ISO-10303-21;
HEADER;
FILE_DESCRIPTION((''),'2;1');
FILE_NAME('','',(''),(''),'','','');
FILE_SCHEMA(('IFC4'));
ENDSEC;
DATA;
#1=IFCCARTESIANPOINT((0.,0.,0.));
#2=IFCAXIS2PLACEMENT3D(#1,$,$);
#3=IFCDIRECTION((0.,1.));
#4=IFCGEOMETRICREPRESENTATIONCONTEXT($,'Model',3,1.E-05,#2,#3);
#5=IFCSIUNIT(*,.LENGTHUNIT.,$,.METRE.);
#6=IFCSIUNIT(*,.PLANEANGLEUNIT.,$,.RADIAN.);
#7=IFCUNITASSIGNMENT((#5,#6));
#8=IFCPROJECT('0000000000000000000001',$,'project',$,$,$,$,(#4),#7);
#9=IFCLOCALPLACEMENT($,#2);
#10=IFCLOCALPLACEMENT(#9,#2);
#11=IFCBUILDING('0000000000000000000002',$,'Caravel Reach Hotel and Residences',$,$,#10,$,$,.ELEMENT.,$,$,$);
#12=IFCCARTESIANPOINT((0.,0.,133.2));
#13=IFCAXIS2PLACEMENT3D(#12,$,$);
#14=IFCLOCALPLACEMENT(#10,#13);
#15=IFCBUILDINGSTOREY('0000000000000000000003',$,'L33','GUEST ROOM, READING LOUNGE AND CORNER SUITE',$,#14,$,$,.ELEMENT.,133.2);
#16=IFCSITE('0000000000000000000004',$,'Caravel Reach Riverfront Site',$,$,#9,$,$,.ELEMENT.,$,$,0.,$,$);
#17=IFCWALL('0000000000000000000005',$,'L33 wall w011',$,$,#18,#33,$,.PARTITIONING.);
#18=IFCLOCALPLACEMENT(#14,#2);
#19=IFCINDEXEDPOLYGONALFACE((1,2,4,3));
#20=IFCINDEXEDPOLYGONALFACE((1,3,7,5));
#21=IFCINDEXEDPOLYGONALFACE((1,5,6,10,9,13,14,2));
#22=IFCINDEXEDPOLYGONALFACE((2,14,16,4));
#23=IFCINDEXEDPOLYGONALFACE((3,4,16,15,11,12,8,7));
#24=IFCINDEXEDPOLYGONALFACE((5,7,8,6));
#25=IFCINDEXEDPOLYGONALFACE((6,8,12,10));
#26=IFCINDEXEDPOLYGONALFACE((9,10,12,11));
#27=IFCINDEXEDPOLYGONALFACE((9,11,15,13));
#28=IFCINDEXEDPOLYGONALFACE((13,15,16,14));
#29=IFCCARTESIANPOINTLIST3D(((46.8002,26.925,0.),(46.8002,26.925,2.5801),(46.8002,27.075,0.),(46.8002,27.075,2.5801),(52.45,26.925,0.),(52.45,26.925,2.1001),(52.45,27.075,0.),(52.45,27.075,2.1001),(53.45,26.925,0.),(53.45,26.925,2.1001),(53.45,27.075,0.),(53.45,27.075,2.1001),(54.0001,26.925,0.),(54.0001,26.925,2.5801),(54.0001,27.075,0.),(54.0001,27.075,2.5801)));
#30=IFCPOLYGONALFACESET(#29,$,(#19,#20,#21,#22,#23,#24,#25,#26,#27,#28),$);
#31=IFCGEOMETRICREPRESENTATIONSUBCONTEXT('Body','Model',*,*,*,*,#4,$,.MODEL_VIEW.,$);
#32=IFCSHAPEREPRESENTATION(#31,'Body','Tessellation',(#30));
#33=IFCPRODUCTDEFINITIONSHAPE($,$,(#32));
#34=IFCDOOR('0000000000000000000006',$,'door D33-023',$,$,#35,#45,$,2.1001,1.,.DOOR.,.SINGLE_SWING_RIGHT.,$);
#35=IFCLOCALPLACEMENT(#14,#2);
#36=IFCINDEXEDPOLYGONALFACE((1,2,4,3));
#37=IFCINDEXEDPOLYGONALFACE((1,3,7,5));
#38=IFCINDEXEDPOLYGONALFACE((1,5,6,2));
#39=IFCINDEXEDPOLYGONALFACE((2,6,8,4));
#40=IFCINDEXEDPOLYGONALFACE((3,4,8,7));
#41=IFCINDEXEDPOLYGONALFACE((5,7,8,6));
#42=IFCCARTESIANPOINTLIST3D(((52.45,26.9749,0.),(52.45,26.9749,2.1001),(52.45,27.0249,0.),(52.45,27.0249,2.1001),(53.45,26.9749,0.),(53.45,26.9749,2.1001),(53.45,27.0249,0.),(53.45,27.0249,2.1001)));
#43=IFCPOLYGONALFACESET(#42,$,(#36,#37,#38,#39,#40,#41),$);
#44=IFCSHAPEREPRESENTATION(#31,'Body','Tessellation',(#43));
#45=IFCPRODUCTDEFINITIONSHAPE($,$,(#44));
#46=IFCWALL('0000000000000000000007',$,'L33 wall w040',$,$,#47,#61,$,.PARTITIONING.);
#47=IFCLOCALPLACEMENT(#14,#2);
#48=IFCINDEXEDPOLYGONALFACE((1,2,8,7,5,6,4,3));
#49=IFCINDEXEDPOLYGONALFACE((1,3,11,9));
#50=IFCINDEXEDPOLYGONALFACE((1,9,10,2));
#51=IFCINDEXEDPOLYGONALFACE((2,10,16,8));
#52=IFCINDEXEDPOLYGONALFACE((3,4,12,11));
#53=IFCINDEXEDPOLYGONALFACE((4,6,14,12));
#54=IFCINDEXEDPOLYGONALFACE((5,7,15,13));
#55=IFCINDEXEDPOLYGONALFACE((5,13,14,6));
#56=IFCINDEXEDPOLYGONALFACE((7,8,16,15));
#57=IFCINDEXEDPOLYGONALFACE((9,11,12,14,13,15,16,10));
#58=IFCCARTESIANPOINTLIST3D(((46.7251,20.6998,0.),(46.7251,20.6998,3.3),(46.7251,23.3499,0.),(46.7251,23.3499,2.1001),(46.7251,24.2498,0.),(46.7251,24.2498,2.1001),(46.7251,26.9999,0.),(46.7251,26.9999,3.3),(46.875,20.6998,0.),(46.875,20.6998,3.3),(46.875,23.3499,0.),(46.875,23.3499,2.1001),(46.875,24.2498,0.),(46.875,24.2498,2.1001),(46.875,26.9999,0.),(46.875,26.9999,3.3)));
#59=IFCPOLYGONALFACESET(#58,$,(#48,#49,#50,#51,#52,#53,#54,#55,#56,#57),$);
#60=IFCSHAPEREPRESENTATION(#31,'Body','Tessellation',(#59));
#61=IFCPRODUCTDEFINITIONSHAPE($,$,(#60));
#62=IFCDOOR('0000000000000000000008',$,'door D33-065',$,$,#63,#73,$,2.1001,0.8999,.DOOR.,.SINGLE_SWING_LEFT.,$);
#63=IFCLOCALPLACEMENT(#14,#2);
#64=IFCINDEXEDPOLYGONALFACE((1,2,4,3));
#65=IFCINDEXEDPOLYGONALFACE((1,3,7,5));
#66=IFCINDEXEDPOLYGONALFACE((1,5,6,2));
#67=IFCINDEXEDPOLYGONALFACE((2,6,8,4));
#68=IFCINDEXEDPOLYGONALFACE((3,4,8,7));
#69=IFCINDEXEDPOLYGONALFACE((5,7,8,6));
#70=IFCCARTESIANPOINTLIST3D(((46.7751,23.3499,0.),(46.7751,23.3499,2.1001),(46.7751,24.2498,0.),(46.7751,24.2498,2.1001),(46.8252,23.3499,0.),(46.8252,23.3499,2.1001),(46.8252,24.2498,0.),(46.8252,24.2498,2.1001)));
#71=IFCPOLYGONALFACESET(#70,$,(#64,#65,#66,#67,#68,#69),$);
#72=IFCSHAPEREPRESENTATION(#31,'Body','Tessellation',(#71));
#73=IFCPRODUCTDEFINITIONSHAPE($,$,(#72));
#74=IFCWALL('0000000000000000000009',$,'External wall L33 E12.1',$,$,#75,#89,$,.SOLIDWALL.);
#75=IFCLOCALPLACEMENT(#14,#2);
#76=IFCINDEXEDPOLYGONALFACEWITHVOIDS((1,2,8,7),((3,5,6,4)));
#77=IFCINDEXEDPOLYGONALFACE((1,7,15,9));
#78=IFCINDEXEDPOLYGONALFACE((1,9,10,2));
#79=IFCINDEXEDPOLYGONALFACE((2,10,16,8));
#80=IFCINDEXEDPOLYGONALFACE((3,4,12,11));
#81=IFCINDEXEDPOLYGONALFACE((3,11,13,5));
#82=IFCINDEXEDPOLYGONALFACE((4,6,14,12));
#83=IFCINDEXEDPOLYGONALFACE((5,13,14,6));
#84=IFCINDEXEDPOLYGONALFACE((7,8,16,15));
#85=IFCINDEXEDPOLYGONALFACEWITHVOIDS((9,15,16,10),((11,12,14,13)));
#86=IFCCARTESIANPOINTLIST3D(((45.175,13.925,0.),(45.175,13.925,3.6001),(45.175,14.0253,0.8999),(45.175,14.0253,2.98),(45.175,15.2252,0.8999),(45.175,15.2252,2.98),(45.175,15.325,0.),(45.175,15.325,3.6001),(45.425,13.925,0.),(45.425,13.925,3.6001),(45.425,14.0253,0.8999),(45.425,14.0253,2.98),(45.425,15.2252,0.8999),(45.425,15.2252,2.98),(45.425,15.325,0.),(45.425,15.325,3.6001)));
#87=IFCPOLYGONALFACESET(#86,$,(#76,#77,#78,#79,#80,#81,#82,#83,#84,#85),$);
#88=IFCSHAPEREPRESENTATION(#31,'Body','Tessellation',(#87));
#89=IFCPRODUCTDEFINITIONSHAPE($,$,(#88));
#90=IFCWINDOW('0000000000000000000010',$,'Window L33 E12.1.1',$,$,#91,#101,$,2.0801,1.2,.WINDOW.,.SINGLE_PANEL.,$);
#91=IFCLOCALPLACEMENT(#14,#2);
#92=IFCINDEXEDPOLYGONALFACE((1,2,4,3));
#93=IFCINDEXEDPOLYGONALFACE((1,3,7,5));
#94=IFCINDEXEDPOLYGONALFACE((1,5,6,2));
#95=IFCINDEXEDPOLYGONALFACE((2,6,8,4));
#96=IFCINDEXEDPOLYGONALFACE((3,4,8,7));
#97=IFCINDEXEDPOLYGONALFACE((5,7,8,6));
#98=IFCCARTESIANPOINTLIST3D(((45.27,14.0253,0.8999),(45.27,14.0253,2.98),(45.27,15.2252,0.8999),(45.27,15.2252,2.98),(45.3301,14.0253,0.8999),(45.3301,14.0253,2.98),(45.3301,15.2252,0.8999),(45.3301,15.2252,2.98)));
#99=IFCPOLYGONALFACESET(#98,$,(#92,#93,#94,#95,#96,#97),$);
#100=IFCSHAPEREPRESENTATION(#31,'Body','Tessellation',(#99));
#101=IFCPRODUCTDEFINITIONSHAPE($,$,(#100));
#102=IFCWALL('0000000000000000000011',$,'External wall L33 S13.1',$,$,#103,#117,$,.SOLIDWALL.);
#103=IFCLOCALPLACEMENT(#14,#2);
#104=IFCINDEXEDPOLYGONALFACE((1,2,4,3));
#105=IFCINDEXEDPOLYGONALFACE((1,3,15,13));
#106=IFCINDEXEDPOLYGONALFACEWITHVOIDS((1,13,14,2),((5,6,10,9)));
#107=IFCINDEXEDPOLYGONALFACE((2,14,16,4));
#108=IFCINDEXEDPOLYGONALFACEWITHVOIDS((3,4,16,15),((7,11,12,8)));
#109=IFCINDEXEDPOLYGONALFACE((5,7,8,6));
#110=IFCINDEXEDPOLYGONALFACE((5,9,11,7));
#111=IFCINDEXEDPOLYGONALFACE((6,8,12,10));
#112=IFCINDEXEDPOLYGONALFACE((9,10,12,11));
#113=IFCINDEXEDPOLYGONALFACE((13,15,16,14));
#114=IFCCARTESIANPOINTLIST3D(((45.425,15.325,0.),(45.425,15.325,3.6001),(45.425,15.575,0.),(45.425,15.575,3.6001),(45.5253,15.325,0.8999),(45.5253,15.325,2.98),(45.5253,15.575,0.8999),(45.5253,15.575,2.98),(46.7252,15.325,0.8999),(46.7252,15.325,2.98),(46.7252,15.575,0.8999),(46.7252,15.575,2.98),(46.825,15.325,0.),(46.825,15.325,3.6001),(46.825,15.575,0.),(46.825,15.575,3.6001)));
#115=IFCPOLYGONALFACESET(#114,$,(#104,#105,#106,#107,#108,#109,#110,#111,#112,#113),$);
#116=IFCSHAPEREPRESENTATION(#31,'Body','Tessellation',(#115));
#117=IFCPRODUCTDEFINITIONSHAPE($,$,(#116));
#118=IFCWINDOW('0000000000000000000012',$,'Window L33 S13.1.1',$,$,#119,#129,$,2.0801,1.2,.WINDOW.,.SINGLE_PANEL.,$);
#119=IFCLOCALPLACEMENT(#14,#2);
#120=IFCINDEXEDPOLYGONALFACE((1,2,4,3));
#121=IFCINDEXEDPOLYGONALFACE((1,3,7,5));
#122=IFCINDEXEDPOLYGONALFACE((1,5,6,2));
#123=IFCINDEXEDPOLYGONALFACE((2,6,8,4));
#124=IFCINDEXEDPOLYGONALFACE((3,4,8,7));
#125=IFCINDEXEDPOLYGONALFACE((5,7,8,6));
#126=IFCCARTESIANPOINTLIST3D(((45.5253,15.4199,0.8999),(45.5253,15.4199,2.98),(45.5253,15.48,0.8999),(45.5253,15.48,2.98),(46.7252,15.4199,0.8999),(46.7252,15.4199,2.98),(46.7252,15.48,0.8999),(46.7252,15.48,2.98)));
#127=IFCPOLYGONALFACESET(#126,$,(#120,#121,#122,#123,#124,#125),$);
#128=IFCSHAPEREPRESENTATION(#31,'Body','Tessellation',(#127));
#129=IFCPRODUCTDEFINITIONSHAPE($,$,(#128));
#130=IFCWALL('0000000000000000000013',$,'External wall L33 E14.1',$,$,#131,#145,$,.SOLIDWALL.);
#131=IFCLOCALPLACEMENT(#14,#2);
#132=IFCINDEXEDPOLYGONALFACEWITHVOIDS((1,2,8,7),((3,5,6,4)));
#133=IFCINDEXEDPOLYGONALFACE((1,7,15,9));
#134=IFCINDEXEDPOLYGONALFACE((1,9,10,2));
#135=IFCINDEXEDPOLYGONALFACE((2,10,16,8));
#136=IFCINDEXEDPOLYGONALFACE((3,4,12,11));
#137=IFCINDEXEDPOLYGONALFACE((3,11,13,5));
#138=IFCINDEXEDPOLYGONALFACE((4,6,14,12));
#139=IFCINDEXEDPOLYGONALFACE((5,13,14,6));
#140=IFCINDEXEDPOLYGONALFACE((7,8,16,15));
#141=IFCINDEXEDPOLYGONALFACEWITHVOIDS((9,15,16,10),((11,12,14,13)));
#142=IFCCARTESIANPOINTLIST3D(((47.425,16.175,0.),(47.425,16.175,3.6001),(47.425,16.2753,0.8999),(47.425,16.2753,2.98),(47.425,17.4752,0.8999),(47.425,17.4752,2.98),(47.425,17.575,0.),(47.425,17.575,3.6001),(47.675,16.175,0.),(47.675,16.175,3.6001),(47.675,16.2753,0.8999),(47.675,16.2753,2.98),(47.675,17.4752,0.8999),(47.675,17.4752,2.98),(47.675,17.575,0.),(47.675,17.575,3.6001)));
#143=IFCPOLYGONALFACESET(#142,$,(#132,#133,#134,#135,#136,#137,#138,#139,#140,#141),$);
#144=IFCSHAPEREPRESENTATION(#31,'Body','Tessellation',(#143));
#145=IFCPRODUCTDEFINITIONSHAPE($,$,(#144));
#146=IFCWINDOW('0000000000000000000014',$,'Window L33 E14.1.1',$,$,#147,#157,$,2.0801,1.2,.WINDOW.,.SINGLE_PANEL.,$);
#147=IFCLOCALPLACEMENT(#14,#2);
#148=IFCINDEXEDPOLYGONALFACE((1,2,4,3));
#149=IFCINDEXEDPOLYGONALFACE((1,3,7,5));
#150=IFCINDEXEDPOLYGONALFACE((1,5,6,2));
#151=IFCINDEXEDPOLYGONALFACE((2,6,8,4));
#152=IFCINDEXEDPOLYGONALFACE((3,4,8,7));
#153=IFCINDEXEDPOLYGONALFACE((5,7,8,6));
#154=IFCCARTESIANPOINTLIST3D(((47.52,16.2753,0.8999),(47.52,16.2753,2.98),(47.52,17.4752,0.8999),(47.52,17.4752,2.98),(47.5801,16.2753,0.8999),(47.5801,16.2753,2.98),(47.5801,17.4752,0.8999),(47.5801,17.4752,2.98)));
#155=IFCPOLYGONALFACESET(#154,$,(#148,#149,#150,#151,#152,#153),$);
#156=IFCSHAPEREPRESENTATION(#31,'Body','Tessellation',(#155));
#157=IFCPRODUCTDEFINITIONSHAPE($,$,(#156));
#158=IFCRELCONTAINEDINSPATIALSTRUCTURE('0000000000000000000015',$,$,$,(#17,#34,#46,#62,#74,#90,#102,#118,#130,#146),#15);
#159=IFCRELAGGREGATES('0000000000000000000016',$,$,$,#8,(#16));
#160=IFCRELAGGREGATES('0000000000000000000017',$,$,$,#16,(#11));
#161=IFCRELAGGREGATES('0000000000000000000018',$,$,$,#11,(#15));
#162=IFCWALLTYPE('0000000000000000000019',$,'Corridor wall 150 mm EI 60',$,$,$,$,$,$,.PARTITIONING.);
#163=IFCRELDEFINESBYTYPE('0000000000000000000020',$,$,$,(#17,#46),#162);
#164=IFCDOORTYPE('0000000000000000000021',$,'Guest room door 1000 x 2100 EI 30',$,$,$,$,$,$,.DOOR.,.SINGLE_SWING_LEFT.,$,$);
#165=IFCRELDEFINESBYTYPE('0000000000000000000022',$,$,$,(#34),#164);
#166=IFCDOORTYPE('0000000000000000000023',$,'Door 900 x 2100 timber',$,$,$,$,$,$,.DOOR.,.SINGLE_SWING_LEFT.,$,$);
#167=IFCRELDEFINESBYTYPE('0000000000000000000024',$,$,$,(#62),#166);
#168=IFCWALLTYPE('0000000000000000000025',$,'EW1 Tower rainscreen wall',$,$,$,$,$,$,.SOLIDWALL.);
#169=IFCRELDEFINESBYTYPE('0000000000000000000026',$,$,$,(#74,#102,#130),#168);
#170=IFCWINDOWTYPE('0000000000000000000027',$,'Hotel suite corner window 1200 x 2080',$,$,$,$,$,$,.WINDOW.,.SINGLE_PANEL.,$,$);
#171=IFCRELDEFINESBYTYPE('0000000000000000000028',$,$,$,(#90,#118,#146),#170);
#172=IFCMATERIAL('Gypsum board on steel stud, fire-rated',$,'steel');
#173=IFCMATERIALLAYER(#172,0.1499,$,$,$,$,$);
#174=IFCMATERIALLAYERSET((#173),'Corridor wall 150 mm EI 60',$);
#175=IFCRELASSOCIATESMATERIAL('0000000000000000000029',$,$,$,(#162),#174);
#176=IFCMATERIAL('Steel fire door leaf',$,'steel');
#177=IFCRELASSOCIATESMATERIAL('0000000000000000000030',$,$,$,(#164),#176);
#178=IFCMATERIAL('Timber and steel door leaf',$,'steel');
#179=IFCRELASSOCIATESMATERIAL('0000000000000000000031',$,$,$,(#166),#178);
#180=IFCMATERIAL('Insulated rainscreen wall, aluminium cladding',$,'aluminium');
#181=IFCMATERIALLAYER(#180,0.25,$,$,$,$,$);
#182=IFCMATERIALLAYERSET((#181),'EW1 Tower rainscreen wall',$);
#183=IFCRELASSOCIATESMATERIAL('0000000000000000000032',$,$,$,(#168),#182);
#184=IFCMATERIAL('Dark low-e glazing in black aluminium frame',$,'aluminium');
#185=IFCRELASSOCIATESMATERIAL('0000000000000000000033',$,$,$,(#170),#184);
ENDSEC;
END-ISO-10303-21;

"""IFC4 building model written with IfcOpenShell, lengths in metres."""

from ifc_helpers import new_model, si_unit, direction, frame, frame_2d, origin, place, context, subcontext, project, spatial, rectangle, extrude, material, layer, layer_set, type_object, element, fill, save


model = new_model("IFC4")

# Units and contexts
model_context = context("Model", 3, precision=1e-05, world=origin(), true_north=direction((0.0, 1.0)))
body_context = subcontext(model_context, "Body", "Model", "MODEL_VIEW")
ifc_project = project(units=[si_unit("LENGTHUNIT", "METRE"), si_unit("PLANEANGLEUNIT", "RADIAN")], contexts=[model_context])

# Site, building, storey
site_placement = place(None, origin())
site = spatial("IfcSite", under=ifc_project, at=site_placement, Name="Caravel Reach Riverfront Site", CompositionType="ELEMENT", RefElevation=0.0)
building_placement = place(site_placement, origin())
building = spatial("IfcBuilding", under=site, at=building_placement, Name="Caravel Reach Hotel and Residences", CompositionType="ELEMENT")
storey_placement = place(building_placement, frame((0.0, 0.0, 133.2)))
storey = spatial("IfcBuildingStorey", under=building, at=storey_placement, Name="L33", Description="GUEST ROOM, READING LOUNGE AND CORNER SUITE", CompositionType="ELEMENT", Elevation=133.2)

# Walls, openings, doors
ifc_material_1 = material(Name="Gypsum board on steel stud, fire-rated", Category="steel")
ifc_layer_1 = layer(ifc_material_1, 0.1499)
ifc_layer_set_1 = layer_set([ifc_layer_1], Name="Corridor wall 150 mm EI 60")
wall_type_1 = type_object("IfcWallType", Name="Corridor wall 150 mm EI 60", PredefinedType="PARTITIONING", material=ifc_layer_set_1)
wall_1_placement = place(storey_placement, frame((46.8, 27.0, 0.0), z_axis=(0.0, 0.0, 1.0), x_axis=(1.0, 0.0, 0.0)))
wall_1 = element("IfcWall", 1, at=wall_1_placement, inside=storey, type_object=wall_type_1, Name="L33 wall w011", PredefinedType="PARTITIONING", context=body_context, shape_type="SweptSolid", body=[
    extrude(rectangle(XDim=7.2, YDim=0.1499, at=frame_2d((3.6001, 0.0))), origin(), (0.0, 0.0, 1.0), 2.5801),
])
opening_1_placement = place(wall_1_placement, frame((5.6499, 0.0, 0.0)))
opening_1 = element("IfcOpeningElement", 2, at=opening_1_placement, cuts=wall_1, PredefinedType="OPENING", context=body_context, shape_type="SweptSolid", body=[
    extrude(rectangle(XDim=1.0, YDim=2.1001, at=frame_2d((0.5, 1.05))), frame((0.0, 0.085, 0.0), z_axis=(0.0, -1.0, 0.0), x_axis=(1.0, 0.0, 0.0)), (0.0, 0.0, 1.0), 0.1699),
])
ifc_material_2 = material(Name="Steel fire door leaf", Category="steel")
door_type_1 = type_object("IfcDoorType", Name="Guest room door 1000 x 2100 EI 30", OperationType="SINGLE_SWING_LEFT", PredefinedType="DOOR", material=ifc_material_2)
door_1_placement = place(opening_1_placement, origin())
door_1 = element("IfcDoor", 3, at=door_1_placement, inside=storey, type_object=door_type_1, Name="door D33-023", OperationType="SINGLE_SWING_RIGHT", OverallHeight=2.1001, OverallWidth=1.0, PredefinedType="DOOR", context=body_context, shape_type="SweptSolid", body=[
    extrude(rectangle(XDim=1.0, YDim=2.1001, at=frame_2d((0.5, 1.05))), frame((0.0, 0.0249, 0.0), z_axis=(0.0, -1.0, 0.0), x_axis=(1.0, 0.0, 0.0)), (0.0, 0.0, 1.0), 0.05),
])
fill(opening_1, door_1)
wall_2_placement = place(storey_placement, frame((46.8, 20.7, 0.0), z_axis=(0.0, 0.0, 1.0), x_axis=(0.0, 1.0, 0.0)))
wall_2 = element("IfcWall", 4, at=wall_2_placement, inside=storey, type_object=wall_type_1, Name="L33 wall w040", PredefinedType="PARTITIONING", context=body_context, shape_type="SweptSolid", body=[
    extrude(rectangle(XDim=6.3, YDim=0.1499, at=frame_2d((3.1499, 0.0))), origin(), (0.0, 0.0, 1.0), 3.3),
])
opening_2_placement = place(wall_2_placement, frame((2.6499, 0.0, 0.0)))
opening_2 = element("IfcOpeningElement", 5, at=opening_2_placement, cuts=wall_2, PredefinedType="OPENING", context=body_context, shape_type="SweptSolid", body=[
    extrude(rectangle(XDim=0.8999, YDim=2.1001, at=frame_2d((0.45, 1.05))), frame((0.0, 0.085, 0.0), z_axis=(0.0, -1.0, 0.0), x_axis=(1.0, 0.0, 0.0)), (0.0, 0.0, 1.0), 0.1699),
])
ifc_material_3 = material(Name="Timber and steel door leaf", Category="steel")
door_type_2 = type_object("IfcDoorType", Name="Door 900 x 2100 timber", OperationType="SINGLE_SWING_LEFT", PredefinedType="DOOR", material=ifc_material_3)
door_2_placement = place(opening_2_placement, origin())
door_2 = element("IfcDoor", 6, at=door_2_placement, inside=storey, type_object=door_type_2, Name="door D33-065", OperationType="SINGLE_SWING_LEFT", OverallHeight=2.1001, OverallWidth=0.8999, PredefinedType="DOOR", context=body_context, shape_type="SweptSolid", body=[
    extrude(rectangle(XDim=0.8999, YDim=2.1001, at=frame_2d((0.45, 1.05))), frame((0.0, 0.0249, 0.0), z_axis=(0.0, -1.0, 0.0), x_axis=(1.0, 0.0, 0.0)), (0.0, 0.0, 1.0), 0.05),
])
fill(opening_2, door_2)

# Walls, openings, windows
ifc_material_4 = material(Name="Insulated rainscreen wall, aluminium cladding", Category="aluminium")
ifc_layer_2 = layer(ifc_material_4, 0.25)
ifc_layer_set_2 = layer_set([ifc_layer_2], Name="EW1 Tower rainscreen wall")
wall_type_2 = type_object("IfcWallType", Name="EW1 Tower rainscreen wall", PredefinedType="SOLIDWALL", material=ifc_layer_set_2)
wall_3_placement = place(storey_placement, frame((45.3, 13.925, 0.0), z_axis=(0.0, 0.0, 1.0), x_axis=(0.0, 1.0, 0.0)))
wall_3 = element("IfcWall", 7, at=wall_3_placement, inside=storey, type_object=wall_type_2, Name="External wall L33 E12.1", PredefinedType="SOLIDWALL", context=body_context, shape_type="SweptSolid", body=[
    extrude(rectangle(XDim=1.3999, YDim=0.25, at=frame_2d((0.7, 0.0))), origin(), (0.0, 0.0, 1.0), 3.6001),
])
opening_3_placement = place(wall_3_placement, frame((0.1001, 0.0, 0.8999)))
opening_3 = element("IfcOpeningElement", 8, at=opening_3_placement, cuts=wall_3, PredefinedType="OPENING", context=body_context, shape_type="SweptSolid", body=[
    extrude(rectangle(XDim=1.2, YDim=2.0801, at=frame_2d((0.6001, 1.04))), frame((0.0, 0.135, 0.0), z_axis=(0.0, -1.0, 0.0), x_axis=(1.0, 0.0, 0.0)), (0.0, 0.0, 1.0), 0.27),
])
ifc_material_5 = material(Name="Dark low-e glazing in black aluminium frame", Category="aluminium")
window_type = type_object("IfcWindowType", Name="Hotel suite corner window 1200 x 2080", PartitioningType="SINGLE_PANEL", PredefinedType="WINDOW", material=ifc_material_5)
window_1_placement = place(opening_3_placement, origin())
window_1 = element("IfcWindow", 9, at=window_1_placement, inside=storey, type_object=window_type, Name="Window L33 E12.1.1", OverallHeight=2.0801, OverallWidth=1.2, PartitioningType="SINGLE_PANEL", PredefinedType="WINDOW", context=body_context, shape_type="SweptSolid", body=[
    extrude(rectangle(XDim=1.2, YDim=2.0801, at=frame_2d((0.6001, 1.04))), frame((0.0, 0.03, 0.0), z_axis=(0.0, -1.0, 0.0), x_axis=(1.0, 0.0, 0.0)), (0.0, 0.0, 1.0), 0.0601),
])
fill(opening_3, window_1)
wall_4_placement = place(storey_placement, frame((45.425, 15.45, 0.0), z_axis=(0.0, 0.0, 1.0), x_axis=(1.0, 0.0, 0.0)))
wall_4 = element("IfcWall", 10, at=wall_4_placement, inside=storey, type_object=wall_type_2, Name="External wall L33 S13.1", PredefinedType="SOLIDWALL", context=body_context, shape_type="SweptSolid", body=[
    extrude(rectangle(XDim=1.3999, YDim=0.25, at=frame_2d((0.7, 0.0))), origin(), (0.0, 0.0, 1.0), 3.6001),
])
opening_4_placement = place(wall_4_placement, frame((0.1001, 0.0, 0.8999)))
opening_4 = element("IfcOpeningElement", 11, at=opening_4_placement, cuts=wall_4, PredefinedType="OPENING", context=body_context, shape_type="SweptSolid", body=[
    extrude(rectangle(XDim=1.2, YDim=2.0801, at=frame_2d((0.6001, 1.04))), frame((0.0, 0.135, 0.0), z_axis=(0.0, -1.0, 0.0), x_axis=(1.0, 0.0, 0.0)), (0.0, 0.0, 1.0), 0.27),
])
window_2_placement = place(opening_4_placement, origin())
window_2 = element("IfcWindow", 12, at=window_2_placement, inside=storey, type_object=window_type, Name="Window L33 S13.1.1", OverallHeight=2.0801, OverallWidth=1.2, PartitioningType="SINGLE_PANEL", PredefinedType="WINDOW", context=body_context, shape_type="SweptSolid", body=[
    extrude(rectangle(XDim=1.2, YDim=2.0801, at=frame_2d((0.6001, 1.04))), frame((0.0, 0.03, 0.0), z_axis=(0.0, -1.0, 0.0), x_axis=(1.0, 0.0, 0.0)), (0.0, 0.0, 1.0), 0.0601),
])
fill(opening_4, window_2)
wall_5_placement = place(storey_placement, frame((47.55, 16.175, 0.0), z_axis=(0.0, 0.0, 1.0), x_axis=(0.0, 1.0, 0.0)))
wall_5 = element("IfcWall", 13, at=wall_5_placement, inside=storey, type_object=wall_type_2, Name="External wall L33 E14.1", PredefinedType="SOLIDWALL", context=body_context, shape_type="SweptSolid", body=[
    extrude(rectangle(XDim=1.3999, YDim=0.25, at=frame_2d((0.7, 0.0))), origin(), (0.0, 0.0, 1.0), 3.6001),
])
opening_5_placement = place(wall_5_placement, frame((0.1001, 0.0, 0.8999)))
opening_5 = element("IfcOpeningElement", 14, at=opening_5_placement, cuts=wall_5, PredefinedType="OPENING", context=body_context, shape_type="SweptSolid", body=[
    extrude(rectangle(XDim=1.2, YDim=2.0801, at=frame_2d((0.6001, 1.04))), frame((0.0, 0.135, 0.0), z_axis=(0.0, -1.0, 0.0), x_axis=(1.0, 0.0, 0.0)), (0.0, 0.0, 1.0), 0.27),
])
window_3_placement = place(opening_5_placement, origin())
window_3 = element("IfcWindow", 15, at=window_3_placement, inside=storey, type_object=window_type, Name="Window L33 E14.1.1", OverallHeight=2.0801, OverallWidth=1.2, PartitioningType="SINGLE_PANEL", PredefinedType="WINDOW", context=body_context, shape_type="SweptSolid", body=[
    extrude(rectangle(XDim=1.2, YDim=2.0801, at=frame_2d((0.6001, 1.04))), frame((0.0, 0.03, 0.0), z_axis=(0.0, -1.0, 0.0), x_axis=(1.0, 0.0, 0.0)), (0.0, 0.0, 1.0), 0.0601),
])
fill(opening_5, window_3)

save(model, "model.ifc")
